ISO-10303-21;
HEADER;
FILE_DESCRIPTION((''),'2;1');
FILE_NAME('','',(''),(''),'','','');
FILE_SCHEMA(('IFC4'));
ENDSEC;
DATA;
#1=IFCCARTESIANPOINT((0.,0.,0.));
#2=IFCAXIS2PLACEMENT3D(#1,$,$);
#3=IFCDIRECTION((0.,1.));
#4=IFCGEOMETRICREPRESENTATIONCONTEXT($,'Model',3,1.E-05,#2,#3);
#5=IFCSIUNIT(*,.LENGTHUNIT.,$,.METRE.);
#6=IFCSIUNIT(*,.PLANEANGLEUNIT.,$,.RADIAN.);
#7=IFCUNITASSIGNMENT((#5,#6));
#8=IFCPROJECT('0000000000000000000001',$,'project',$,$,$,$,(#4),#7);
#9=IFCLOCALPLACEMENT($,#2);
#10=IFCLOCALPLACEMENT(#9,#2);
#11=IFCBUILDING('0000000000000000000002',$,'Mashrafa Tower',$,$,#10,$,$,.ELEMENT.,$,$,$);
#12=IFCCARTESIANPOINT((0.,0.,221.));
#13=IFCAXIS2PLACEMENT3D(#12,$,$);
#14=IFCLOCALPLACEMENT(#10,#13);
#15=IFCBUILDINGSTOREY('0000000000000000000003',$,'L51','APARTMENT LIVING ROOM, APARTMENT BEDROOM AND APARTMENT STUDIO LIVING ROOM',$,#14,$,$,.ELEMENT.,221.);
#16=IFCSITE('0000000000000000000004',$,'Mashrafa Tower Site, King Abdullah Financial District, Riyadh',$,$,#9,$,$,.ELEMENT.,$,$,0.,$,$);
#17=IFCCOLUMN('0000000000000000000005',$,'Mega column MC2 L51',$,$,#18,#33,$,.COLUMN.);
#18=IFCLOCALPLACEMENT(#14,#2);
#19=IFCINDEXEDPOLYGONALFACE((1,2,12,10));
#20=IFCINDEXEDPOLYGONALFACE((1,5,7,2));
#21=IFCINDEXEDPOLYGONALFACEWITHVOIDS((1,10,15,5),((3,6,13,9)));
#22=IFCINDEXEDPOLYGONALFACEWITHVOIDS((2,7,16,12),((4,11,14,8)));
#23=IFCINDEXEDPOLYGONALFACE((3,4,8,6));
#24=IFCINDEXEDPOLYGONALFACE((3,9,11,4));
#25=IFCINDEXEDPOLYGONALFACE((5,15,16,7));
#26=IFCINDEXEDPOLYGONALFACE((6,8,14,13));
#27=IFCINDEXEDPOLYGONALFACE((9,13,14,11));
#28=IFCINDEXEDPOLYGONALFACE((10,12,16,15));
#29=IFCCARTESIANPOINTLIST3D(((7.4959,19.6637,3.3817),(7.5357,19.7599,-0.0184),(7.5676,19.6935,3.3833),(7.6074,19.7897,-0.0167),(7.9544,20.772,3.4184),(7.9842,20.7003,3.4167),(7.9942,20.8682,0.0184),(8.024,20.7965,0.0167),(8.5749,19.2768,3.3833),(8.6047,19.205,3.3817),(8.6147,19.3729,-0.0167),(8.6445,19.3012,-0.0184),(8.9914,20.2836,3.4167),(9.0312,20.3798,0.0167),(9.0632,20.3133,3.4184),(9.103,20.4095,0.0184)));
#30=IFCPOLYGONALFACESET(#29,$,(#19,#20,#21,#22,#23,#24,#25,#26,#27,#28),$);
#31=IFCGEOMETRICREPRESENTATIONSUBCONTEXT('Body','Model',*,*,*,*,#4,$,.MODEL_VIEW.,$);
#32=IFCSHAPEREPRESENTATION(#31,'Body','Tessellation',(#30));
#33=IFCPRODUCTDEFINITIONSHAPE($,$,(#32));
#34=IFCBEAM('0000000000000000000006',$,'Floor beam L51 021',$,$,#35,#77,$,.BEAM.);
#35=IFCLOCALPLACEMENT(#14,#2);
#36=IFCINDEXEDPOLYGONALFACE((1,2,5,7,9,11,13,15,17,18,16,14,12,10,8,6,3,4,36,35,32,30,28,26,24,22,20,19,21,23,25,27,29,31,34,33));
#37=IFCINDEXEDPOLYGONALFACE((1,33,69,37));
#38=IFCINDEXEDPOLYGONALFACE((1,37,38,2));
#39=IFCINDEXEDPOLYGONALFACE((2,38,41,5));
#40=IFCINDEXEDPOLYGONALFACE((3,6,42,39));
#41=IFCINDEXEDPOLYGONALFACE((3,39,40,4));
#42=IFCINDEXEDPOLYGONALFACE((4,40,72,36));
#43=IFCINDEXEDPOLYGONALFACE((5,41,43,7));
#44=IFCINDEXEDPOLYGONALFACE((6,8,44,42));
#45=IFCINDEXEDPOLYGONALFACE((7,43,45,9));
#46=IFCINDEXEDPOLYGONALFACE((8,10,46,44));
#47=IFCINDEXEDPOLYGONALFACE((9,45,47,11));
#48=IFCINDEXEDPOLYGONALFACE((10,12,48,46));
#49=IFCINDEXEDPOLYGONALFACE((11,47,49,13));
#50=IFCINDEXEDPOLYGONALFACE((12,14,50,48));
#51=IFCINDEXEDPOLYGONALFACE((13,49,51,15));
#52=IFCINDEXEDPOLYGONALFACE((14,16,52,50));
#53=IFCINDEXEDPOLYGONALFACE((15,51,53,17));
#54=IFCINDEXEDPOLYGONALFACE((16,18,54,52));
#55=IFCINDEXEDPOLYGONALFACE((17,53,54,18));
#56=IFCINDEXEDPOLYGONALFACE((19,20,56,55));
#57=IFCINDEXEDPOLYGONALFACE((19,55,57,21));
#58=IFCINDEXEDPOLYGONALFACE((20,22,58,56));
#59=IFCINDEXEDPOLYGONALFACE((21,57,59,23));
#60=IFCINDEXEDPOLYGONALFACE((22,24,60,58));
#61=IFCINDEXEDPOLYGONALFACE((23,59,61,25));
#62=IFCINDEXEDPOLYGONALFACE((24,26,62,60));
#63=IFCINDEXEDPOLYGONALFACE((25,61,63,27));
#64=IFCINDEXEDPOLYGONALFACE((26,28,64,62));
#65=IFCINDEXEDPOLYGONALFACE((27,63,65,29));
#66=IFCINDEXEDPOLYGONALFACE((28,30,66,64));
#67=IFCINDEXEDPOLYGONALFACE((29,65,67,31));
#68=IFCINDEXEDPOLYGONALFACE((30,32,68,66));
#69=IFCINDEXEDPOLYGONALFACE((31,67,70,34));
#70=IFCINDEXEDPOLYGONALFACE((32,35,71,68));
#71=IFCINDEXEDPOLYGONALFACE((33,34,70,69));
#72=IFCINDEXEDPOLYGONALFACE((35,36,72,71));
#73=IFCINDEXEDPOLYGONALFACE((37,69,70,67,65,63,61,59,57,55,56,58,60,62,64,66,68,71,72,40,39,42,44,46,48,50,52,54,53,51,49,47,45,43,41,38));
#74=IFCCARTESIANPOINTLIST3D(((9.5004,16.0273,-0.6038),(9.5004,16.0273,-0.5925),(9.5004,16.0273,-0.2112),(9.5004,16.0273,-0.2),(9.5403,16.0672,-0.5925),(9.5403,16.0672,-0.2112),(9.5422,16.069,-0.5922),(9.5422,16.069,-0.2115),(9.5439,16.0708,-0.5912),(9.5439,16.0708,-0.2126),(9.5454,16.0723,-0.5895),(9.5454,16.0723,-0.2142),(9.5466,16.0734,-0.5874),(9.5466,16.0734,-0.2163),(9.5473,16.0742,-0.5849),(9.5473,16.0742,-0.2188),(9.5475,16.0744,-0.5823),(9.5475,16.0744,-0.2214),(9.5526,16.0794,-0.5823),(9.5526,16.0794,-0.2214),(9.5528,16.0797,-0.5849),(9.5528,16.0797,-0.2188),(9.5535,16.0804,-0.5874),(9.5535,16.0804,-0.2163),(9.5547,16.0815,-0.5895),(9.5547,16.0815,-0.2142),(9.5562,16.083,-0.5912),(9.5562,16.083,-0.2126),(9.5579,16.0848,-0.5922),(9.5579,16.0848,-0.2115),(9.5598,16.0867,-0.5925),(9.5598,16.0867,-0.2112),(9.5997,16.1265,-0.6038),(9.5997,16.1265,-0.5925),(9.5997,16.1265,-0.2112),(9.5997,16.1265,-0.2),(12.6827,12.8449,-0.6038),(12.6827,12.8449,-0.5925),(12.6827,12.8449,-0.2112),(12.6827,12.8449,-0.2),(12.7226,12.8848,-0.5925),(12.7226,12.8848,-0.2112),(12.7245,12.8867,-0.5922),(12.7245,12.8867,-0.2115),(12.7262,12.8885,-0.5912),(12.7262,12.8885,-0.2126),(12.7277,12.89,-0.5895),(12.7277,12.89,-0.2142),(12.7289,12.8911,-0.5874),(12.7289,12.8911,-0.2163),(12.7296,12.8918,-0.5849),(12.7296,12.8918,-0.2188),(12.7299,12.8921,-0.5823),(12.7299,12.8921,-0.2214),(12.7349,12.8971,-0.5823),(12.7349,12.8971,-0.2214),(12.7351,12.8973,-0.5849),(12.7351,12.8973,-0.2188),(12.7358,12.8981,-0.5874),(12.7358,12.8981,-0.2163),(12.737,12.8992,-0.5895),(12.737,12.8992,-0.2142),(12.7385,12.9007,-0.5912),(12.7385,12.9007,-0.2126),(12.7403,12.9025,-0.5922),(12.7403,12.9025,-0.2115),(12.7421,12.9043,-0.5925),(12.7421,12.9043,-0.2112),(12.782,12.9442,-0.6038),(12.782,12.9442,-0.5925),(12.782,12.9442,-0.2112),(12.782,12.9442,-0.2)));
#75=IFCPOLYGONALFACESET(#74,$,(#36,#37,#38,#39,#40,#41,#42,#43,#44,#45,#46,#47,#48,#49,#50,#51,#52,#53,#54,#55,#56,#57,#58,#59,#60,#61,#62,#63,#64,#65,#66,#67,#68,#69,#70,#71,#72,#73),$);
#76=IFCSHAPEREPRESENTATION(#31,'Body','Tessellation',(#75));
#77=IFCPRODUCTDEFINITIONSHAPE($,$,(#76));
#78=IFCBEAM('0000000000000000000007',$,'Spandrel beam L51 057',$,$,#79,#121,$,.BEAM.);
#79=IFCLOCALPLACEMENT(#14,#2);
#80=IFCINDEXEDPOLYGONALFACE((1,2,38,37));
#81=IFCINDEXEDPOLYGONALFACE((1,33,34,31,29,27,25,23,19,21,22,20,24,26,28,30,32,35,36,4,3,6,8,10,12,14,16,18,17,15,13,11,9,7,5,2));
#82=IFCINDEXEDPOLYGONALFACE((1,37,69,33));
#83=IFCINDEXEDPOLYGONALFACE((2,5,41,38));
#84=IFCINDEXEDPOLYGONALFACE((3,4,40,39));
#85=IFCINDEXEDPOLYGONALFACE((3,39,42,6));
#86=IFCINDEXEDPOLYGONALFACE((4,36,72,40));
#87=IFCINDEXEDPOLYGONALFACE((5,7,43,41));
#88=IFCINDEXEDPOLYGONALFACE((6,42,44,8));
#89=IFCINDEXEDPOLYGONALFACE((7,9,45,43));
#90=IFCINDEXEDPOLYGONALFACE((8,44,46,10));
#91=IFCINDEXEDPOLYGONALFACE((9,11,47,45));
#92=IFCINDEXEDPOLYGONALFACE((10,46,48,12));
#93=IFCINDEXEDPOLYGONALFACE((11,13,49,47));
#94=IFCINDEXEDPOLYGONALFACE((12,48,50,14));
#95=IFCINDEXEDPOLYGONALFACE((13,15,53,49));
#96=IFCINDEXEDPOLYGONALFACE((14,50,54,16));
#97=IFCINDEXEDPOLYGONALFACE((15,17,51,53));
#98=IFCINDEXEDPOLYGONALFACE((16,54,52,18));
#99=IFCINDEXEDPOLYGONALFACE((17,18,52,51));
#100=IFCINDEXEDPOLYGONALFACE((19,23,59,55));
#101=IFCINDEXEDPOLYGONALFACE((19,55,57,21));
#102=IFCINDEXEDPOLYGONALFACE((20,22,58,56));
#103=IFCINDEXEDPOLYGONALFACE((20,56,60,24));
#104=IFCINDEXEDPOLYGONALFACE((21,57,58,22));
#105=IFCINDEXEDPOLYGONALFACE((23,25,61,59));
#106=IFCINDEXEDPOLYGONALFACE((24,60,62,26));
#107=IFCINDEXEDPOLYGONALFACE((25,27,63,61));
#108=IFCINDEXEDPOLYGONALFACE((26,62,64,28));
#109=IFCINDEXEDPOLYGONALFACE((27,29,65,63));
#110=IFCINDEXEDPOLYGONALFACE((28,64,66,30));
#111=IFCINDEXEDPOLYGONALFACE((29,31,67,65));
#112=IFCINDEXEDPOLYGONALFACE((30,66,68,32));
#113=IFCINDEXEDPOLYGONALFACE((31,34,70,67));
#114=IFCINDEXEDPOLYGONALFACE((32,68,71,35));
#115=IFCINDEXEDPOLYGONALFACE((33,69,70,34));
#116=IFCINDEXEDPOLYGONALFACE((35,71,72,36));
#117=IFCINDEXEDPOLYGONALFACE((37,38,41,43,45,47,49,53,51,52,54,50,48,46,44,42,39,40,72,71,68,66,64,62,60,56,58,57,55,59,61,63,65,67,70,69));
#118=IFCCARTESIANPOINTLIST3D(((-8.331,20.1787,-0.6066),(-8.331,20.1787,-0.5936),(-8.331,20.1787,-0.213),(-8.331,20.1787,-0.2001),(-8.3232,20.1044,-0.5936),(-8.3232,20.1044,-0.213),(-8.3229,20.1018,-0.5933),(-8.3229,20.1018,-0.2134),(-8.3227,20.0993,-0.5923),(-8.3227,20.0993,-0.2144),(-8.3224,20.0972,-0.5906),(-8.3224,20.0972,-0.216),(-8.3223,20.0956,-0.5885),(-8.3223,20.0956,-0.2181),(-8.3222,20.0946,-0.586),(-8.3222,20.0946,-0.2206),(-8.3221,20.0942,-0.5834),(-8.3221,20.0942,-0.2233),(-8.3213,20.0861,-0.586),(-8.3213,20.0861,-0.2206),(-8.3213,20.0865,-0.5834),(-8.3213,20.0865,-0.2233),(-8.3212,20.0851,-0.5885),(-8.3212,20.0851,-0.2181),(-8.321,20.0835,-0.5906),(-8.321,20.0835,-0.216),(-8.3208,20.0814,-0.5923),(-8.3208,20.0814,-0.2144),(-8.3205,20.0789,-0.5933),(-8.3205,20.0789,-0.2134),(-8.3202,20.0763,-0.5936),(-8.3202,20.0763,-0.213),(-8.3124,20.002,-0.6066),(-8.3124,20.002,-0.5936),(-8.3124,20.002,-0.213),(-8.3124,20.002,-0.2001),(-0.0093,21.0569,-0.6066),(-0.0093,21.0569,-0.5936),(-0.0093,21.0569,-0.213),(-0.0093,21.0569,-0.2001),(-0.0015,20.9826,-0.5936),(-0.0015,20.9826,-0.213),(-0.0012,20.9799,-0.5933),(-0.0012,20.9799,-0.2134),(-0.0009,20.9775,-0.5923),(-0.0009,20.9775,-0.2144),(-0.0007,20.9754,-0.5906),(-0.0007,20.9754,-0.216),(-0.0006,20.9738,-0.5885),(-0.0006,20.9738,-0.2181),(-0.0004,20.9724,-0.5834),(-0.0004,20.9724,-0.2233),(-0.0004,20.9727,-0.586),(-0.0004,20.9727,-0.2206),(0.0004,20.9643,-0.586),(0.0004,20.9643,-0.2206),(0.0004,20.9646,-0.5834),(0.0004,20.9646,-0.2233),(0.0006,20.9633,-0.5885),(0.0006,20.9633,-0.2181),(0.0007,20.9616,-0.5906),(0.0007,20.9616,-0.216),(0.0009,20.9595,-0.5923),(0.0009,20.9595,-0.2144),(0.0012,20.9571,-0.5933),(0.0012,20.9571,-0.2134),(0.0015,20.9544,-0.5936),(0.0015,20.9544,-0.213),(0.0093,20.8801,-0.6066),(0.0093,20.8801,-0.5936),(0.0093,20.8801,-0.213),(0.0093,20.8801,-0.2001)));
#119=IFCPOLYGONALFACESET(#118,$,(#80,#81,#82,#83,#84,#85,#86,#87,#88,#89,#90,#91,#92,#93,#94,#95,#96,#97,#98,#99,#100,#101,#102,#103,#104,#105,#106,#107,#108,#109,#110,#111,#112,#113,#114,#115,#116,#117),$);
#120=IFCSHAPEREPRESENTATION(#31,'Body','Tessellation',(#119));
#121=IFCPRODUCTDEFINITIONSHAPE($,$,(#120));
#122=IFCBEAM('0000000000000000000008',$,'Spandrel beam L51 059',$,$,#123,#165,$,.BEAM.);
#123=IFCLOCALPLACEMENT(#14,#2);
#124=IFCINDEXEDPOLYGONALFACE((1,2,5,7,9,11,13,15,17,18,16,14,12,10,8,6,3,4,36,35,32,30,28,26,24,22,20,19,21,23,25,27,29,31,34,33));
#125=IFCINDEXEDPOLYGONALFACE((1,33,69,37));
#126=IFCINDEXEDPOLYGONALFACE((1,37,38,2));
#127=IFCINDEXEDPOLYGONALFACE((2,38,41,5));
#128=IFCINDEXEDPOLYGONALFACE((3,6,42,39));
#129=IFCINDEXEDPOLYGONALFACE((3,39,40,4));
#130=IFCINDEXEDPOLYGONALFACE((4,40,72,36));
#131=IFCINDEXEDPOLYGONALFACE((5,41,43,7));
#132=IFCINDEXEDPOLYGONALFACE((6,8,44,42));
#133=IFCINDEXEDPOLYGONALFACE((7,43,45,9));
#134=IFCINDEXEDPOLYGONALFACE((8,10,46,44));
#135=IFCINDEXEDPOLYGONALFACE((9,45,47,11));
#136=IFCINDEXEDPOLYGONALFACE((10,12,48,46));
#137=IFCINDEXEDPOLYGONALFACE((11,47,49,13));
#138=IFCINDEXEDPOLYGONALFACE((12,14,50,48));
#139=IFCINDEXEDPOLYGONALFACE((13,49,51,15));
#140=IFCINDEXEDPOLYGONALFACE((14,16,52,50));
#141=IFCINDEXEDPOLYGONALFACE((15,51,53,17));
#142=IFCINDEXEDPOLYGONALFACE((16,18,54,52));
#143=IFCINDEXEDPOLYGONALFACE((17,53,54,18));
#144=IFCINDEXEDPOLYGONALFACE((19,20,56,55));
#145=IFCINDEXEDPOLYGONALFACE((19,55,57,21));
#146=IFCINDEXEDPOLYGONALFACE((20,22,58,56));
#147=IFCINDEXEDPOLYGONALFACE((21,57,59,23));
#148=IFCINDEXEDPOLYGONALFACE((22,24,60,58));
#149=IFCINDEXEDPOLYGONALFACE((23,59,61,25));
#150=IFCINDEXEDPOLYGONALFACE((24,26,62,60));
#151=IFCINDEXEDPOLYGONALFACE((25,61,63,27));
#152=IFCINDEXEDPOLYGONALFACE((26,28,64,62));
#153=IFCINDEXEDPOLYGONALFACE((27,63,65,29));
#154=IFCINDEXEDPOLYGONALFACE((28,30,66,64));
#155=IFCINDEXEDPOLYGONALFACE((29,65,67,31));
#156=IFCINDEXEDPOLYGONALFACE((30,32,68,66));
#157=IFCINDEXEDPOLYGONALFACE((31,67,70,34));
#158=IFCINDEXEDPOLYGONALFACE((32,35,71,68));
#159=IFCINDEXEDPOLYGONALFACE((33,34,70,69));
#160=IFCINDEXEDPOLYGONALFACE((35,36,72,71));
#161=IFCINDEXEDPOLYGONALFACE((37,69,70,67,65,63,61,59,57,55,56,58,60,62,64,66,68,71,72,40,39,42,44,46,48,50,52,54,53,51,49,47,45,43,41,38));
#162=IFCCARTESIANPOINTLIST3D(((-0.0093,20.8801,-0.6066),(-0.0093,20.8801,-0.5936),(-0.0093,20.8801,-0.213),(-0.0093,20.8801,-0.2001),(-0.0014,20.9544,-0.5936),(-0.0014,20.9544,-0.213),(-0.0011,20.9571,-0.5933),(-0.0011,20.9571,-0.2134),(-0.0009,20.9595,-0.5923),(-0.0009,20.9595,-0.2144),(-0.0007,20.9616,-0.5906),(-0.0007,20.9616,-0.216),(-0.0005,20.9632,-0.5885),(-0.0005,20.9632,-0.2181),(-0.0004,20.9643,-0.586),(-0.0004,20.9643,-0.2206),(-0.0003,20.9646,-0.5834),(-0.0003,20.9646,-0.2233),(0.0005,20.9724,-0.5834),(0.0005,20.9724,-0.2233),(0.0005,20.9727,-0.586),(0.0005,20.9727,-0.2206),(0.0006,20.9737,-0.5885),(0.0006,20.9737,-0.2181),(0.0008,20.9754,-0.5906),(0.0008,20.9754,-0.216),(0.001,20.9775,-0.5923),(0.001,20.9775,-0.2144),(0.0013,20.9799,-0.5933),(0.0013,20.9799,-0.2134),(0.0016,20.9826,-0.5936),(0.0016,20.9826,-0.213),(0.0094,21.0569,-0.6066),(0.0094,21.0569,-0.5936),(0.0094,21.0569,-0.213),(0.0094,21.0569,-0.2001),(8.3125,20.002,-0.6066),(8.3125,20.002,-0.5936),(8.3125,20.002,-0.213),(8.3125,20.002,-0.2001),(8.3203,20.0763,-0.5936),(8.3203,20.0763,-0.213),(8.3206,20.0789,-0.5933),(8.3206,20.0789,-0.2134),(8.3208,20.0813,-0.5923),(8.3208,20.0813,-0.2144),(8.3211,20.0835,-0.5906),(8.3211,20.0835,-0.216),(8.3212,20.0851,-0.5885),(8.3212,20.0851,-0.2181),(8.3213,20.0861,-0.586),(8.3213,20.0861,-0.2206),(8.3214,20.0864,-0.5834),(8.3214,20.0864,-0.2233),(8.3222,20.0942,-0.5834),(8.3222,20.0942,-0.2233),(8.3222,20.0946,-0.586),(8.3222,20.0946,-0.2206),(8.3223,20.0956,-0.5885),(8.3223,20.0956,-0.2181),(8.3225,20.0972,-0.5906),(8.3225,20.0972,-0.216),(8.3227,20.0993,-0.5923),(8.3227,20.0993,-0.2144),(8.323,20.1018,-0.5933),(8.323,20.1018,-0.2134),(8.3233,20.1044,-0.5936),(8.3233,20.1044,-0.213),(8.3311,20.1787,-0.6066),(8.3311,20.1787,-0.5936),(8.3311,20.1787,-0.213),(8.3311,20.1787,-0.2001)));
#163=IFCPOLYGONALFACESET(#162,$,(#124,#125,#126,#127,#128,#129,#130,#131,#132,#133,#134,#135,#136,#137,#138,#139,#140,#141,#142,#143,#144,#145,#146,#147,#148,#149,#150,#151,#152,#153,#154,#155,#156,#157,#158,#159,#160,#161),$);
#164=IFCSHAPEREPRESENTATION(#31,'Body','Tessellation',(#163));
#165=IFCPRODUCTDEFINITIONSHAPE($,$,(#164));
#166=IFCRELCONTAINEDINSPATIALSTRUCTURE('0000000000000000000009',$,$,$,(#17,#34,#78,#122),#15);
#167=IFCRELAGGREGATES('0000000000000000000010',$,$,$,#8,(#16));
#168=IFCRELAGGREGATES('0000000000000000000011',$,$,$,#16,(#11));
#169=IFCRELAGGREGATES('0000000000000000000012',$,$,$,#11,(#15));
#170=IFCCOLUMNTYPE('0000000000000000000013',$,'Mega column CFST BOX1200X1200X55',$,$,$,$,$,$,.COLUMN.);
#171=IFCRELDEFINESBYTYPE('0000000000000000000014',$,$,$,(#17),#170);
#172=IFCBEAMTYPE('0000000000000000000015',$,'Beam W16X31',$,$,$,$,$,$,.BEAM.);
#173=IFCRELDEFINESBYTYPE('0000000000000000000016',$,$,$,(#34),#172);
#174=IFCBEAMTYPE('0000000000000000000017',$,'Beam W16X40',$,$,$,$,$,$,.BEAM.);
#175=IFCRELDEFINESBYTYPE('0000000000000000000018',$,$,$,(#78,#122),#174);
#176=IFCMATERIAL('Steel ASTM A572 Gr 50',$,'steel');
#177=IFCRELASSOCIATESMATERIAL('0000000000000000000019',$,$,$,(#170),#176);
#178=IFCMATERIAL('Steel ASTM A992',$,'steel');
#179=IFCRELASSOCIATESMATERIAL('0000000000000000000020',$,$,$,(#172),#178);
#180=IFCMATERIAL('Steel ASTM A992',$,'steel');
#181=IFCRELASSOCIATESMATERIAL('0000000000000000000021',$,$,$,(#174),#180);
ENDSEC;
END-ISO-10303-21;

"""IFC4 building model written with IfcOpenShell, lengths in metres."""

from ifc_helpers import new_model, si_unit, direction, frame, origin, origin_2d, place, context, subcontext, project, spatial, hollow_rectangle, i_section, extrude, material, material_profile, profile_set, type_object, element, save


model = new_model("IFC4")

# Units and contexts
model_context = context("Model", 3, precision=1e-05, world=origin(), true_north=direction((0.0, 1.0)))
body_context = subcontext(model_context, "Body", "Model", "MODEL_VIEW")
ifc_project = project(units=[si_unit("LENGTHUNIT", "METRE"), si_unit("PLANEANGLEUNIT", "RADIAN")], contexts=[model_context])

# Site, building, storey
site_placement = place(None, origin())
site = spatial("IfcSite", under=ifc_project, at=site_placement, Name="Mashrafa Tower Site, King Abdullah Financial District, Riyadh", CompositionType="ELEMENT", RefElevation=0.0)
building_placement = place(site_placement, origin())
building = spatial("IfcBuilding", under=site, at=building_placement, Name="Mashrafa Tower", CompositionType="ELEMENT")
storey_placement = place(building_placement, frame((0.0, 0.0, 221.0)))
storey = spatial("IfcBuildingStorey", under=building, at=storey_placement, Name="L51", Description="APARTMENT LIVING ROOM, APARTMENT BEDROOM AND APARTMENT STUDIO LIVING ROOM", CompositionType="ELEMENT", Elevation=221.0)

# Column
ifc_material_1 = material(Name="Steel ASTM A572 Gr 50", Category="steel")
ifc_material_profile_1 = material_profile(ifc_material_1, hollow_rectangle(XDim=1.2, YDim=1.2, WallThickness=0.0549, at=origin_2d()), Name="BOX1200X1200X55")
ifc_profile_set_1 = profile_set([ifc_material_profile_1], Name="Steel ASTM A572 Gr 50")
column_type = type_object("IfcColumnType", Name="Mega column CFST BOX1200X1200X55", PredefinedType="COLUMN", material=ifc_profile_set_1)
column_placement = place(storey_placement, frame((8.3193, 20.0847, 0.0), z_axis=(-0.011699, -0.028279, 0.999532), x_axis=(0.924045, -0.382283, 0.0)))
element("IfcColumn", 1, at=column_placement, inside=storey, type_object=column_type, Name="Mega column MC2 L51", PredefinedType="COLUMN", context=body_context, shape_type="SweptSolid", body=[
    extrude(hollow_rectangle(XDim=1.2, YDim=1.2, WallThickness=0.0549, at=origin_2d()), origin(), (0.0, 0.0, 1.0), 3.4016),
])

# Beams
ifc_material_2 = material(Name="Steel ASTM A992", Category="steel")
ifc_material_profile_2 = material_profile(ifc_material_2, i_section(OverallWidth=0.1404, OverallDepth=0.4038, WebThickness=0.0071, FlangeThickness=0.0112, FilletRadius=0.0103, at=origin_2d()), Name="W16X31")
ifc_profile_set_2 = profile_set([ifc_material_profile_2], Name="Steel ASTM A992")
beam_type_1 = type_object("IfcBeamType", Name="Beam W16X31", PredefinedType="BEAM", material=ifc_profile_set_2)
beam_1_placement = place(storey_placement, frame((9.55, 16.0769, -0.4019), z_axis=(0.707107, -0.707107, 0.0), x_axis=(0.707107, 0.707107, 0.0)))
element("IfcBeam", 2, at=beam_1_placement, inside=storey, type_object=beam_type_1, Name="Floor beam L51 021", PredefinedType="BEAM", context=body_context, shape_type="SweptSolid", body=[
    extrude(i_section(OverallWidth=0.1404, OverallDepth=0.4038, WebThickness=0.0071, FlangeThickness=0.0112, FilletRadius=0.0103, at=origin_2d()), origin(), (0.0, 0.0, 1.0), 4.5005),
])
ifc_material_3 = material(Name="Steel ASTM A992", Category="steel")
ifc_material_profile_3 = material_profile(ifc_material_3, i_section(OverallWidth=0.1777, OverallDepth=0.4065, WebThickness=0.0078, FlangeThickness=0.0129, FilletRadius=0.0103, at=origin_2d()), Name="W16X40")
ifc_profile_set_3 = profile_set([ifc_material_profile_3], Name="Steel ASTM A992")
beam_type_2 = type_object("IfcBeamType", Name="Beam W16X40", PredefinedType="BEAM", material=ifc_profile_set_3)
for number, where, z_axis, x_axis, name in (
    (3, (0.0, 20.9685, -0.4033), (-0.994478, -0.104944, 0.0), (0.104944, -0.994478, 0.0), "Spandrel beam L51 057"),
    (4, (8.3218, 20.0903, -0.4033), (-0.994478, 0.104944, 0.0), (-0.104944, -0.994478, 0.0), "Spandrel beam L51 059"),
):
    element("IfcBeam", number, at=place(storey_placement, frame(where, z_axis=z_axis, x_axis=x_axis)), inside=storey, type_object=beam_type_2, Name=name, PredefinedType="BEAM", context=body_context, shape_type="SweptSolid", body=[
        extrude(i_section(OverallWidth=0.1777, OverallDepth=0.4065, WebThickness=0.0078, FlangeThickness=0.0129, FilletRadius=0.0103, at=origin_2d()), origin(), (0.0, 0.0, 1.0), 8.3679),
    ])

save(model, "model.ifc")
